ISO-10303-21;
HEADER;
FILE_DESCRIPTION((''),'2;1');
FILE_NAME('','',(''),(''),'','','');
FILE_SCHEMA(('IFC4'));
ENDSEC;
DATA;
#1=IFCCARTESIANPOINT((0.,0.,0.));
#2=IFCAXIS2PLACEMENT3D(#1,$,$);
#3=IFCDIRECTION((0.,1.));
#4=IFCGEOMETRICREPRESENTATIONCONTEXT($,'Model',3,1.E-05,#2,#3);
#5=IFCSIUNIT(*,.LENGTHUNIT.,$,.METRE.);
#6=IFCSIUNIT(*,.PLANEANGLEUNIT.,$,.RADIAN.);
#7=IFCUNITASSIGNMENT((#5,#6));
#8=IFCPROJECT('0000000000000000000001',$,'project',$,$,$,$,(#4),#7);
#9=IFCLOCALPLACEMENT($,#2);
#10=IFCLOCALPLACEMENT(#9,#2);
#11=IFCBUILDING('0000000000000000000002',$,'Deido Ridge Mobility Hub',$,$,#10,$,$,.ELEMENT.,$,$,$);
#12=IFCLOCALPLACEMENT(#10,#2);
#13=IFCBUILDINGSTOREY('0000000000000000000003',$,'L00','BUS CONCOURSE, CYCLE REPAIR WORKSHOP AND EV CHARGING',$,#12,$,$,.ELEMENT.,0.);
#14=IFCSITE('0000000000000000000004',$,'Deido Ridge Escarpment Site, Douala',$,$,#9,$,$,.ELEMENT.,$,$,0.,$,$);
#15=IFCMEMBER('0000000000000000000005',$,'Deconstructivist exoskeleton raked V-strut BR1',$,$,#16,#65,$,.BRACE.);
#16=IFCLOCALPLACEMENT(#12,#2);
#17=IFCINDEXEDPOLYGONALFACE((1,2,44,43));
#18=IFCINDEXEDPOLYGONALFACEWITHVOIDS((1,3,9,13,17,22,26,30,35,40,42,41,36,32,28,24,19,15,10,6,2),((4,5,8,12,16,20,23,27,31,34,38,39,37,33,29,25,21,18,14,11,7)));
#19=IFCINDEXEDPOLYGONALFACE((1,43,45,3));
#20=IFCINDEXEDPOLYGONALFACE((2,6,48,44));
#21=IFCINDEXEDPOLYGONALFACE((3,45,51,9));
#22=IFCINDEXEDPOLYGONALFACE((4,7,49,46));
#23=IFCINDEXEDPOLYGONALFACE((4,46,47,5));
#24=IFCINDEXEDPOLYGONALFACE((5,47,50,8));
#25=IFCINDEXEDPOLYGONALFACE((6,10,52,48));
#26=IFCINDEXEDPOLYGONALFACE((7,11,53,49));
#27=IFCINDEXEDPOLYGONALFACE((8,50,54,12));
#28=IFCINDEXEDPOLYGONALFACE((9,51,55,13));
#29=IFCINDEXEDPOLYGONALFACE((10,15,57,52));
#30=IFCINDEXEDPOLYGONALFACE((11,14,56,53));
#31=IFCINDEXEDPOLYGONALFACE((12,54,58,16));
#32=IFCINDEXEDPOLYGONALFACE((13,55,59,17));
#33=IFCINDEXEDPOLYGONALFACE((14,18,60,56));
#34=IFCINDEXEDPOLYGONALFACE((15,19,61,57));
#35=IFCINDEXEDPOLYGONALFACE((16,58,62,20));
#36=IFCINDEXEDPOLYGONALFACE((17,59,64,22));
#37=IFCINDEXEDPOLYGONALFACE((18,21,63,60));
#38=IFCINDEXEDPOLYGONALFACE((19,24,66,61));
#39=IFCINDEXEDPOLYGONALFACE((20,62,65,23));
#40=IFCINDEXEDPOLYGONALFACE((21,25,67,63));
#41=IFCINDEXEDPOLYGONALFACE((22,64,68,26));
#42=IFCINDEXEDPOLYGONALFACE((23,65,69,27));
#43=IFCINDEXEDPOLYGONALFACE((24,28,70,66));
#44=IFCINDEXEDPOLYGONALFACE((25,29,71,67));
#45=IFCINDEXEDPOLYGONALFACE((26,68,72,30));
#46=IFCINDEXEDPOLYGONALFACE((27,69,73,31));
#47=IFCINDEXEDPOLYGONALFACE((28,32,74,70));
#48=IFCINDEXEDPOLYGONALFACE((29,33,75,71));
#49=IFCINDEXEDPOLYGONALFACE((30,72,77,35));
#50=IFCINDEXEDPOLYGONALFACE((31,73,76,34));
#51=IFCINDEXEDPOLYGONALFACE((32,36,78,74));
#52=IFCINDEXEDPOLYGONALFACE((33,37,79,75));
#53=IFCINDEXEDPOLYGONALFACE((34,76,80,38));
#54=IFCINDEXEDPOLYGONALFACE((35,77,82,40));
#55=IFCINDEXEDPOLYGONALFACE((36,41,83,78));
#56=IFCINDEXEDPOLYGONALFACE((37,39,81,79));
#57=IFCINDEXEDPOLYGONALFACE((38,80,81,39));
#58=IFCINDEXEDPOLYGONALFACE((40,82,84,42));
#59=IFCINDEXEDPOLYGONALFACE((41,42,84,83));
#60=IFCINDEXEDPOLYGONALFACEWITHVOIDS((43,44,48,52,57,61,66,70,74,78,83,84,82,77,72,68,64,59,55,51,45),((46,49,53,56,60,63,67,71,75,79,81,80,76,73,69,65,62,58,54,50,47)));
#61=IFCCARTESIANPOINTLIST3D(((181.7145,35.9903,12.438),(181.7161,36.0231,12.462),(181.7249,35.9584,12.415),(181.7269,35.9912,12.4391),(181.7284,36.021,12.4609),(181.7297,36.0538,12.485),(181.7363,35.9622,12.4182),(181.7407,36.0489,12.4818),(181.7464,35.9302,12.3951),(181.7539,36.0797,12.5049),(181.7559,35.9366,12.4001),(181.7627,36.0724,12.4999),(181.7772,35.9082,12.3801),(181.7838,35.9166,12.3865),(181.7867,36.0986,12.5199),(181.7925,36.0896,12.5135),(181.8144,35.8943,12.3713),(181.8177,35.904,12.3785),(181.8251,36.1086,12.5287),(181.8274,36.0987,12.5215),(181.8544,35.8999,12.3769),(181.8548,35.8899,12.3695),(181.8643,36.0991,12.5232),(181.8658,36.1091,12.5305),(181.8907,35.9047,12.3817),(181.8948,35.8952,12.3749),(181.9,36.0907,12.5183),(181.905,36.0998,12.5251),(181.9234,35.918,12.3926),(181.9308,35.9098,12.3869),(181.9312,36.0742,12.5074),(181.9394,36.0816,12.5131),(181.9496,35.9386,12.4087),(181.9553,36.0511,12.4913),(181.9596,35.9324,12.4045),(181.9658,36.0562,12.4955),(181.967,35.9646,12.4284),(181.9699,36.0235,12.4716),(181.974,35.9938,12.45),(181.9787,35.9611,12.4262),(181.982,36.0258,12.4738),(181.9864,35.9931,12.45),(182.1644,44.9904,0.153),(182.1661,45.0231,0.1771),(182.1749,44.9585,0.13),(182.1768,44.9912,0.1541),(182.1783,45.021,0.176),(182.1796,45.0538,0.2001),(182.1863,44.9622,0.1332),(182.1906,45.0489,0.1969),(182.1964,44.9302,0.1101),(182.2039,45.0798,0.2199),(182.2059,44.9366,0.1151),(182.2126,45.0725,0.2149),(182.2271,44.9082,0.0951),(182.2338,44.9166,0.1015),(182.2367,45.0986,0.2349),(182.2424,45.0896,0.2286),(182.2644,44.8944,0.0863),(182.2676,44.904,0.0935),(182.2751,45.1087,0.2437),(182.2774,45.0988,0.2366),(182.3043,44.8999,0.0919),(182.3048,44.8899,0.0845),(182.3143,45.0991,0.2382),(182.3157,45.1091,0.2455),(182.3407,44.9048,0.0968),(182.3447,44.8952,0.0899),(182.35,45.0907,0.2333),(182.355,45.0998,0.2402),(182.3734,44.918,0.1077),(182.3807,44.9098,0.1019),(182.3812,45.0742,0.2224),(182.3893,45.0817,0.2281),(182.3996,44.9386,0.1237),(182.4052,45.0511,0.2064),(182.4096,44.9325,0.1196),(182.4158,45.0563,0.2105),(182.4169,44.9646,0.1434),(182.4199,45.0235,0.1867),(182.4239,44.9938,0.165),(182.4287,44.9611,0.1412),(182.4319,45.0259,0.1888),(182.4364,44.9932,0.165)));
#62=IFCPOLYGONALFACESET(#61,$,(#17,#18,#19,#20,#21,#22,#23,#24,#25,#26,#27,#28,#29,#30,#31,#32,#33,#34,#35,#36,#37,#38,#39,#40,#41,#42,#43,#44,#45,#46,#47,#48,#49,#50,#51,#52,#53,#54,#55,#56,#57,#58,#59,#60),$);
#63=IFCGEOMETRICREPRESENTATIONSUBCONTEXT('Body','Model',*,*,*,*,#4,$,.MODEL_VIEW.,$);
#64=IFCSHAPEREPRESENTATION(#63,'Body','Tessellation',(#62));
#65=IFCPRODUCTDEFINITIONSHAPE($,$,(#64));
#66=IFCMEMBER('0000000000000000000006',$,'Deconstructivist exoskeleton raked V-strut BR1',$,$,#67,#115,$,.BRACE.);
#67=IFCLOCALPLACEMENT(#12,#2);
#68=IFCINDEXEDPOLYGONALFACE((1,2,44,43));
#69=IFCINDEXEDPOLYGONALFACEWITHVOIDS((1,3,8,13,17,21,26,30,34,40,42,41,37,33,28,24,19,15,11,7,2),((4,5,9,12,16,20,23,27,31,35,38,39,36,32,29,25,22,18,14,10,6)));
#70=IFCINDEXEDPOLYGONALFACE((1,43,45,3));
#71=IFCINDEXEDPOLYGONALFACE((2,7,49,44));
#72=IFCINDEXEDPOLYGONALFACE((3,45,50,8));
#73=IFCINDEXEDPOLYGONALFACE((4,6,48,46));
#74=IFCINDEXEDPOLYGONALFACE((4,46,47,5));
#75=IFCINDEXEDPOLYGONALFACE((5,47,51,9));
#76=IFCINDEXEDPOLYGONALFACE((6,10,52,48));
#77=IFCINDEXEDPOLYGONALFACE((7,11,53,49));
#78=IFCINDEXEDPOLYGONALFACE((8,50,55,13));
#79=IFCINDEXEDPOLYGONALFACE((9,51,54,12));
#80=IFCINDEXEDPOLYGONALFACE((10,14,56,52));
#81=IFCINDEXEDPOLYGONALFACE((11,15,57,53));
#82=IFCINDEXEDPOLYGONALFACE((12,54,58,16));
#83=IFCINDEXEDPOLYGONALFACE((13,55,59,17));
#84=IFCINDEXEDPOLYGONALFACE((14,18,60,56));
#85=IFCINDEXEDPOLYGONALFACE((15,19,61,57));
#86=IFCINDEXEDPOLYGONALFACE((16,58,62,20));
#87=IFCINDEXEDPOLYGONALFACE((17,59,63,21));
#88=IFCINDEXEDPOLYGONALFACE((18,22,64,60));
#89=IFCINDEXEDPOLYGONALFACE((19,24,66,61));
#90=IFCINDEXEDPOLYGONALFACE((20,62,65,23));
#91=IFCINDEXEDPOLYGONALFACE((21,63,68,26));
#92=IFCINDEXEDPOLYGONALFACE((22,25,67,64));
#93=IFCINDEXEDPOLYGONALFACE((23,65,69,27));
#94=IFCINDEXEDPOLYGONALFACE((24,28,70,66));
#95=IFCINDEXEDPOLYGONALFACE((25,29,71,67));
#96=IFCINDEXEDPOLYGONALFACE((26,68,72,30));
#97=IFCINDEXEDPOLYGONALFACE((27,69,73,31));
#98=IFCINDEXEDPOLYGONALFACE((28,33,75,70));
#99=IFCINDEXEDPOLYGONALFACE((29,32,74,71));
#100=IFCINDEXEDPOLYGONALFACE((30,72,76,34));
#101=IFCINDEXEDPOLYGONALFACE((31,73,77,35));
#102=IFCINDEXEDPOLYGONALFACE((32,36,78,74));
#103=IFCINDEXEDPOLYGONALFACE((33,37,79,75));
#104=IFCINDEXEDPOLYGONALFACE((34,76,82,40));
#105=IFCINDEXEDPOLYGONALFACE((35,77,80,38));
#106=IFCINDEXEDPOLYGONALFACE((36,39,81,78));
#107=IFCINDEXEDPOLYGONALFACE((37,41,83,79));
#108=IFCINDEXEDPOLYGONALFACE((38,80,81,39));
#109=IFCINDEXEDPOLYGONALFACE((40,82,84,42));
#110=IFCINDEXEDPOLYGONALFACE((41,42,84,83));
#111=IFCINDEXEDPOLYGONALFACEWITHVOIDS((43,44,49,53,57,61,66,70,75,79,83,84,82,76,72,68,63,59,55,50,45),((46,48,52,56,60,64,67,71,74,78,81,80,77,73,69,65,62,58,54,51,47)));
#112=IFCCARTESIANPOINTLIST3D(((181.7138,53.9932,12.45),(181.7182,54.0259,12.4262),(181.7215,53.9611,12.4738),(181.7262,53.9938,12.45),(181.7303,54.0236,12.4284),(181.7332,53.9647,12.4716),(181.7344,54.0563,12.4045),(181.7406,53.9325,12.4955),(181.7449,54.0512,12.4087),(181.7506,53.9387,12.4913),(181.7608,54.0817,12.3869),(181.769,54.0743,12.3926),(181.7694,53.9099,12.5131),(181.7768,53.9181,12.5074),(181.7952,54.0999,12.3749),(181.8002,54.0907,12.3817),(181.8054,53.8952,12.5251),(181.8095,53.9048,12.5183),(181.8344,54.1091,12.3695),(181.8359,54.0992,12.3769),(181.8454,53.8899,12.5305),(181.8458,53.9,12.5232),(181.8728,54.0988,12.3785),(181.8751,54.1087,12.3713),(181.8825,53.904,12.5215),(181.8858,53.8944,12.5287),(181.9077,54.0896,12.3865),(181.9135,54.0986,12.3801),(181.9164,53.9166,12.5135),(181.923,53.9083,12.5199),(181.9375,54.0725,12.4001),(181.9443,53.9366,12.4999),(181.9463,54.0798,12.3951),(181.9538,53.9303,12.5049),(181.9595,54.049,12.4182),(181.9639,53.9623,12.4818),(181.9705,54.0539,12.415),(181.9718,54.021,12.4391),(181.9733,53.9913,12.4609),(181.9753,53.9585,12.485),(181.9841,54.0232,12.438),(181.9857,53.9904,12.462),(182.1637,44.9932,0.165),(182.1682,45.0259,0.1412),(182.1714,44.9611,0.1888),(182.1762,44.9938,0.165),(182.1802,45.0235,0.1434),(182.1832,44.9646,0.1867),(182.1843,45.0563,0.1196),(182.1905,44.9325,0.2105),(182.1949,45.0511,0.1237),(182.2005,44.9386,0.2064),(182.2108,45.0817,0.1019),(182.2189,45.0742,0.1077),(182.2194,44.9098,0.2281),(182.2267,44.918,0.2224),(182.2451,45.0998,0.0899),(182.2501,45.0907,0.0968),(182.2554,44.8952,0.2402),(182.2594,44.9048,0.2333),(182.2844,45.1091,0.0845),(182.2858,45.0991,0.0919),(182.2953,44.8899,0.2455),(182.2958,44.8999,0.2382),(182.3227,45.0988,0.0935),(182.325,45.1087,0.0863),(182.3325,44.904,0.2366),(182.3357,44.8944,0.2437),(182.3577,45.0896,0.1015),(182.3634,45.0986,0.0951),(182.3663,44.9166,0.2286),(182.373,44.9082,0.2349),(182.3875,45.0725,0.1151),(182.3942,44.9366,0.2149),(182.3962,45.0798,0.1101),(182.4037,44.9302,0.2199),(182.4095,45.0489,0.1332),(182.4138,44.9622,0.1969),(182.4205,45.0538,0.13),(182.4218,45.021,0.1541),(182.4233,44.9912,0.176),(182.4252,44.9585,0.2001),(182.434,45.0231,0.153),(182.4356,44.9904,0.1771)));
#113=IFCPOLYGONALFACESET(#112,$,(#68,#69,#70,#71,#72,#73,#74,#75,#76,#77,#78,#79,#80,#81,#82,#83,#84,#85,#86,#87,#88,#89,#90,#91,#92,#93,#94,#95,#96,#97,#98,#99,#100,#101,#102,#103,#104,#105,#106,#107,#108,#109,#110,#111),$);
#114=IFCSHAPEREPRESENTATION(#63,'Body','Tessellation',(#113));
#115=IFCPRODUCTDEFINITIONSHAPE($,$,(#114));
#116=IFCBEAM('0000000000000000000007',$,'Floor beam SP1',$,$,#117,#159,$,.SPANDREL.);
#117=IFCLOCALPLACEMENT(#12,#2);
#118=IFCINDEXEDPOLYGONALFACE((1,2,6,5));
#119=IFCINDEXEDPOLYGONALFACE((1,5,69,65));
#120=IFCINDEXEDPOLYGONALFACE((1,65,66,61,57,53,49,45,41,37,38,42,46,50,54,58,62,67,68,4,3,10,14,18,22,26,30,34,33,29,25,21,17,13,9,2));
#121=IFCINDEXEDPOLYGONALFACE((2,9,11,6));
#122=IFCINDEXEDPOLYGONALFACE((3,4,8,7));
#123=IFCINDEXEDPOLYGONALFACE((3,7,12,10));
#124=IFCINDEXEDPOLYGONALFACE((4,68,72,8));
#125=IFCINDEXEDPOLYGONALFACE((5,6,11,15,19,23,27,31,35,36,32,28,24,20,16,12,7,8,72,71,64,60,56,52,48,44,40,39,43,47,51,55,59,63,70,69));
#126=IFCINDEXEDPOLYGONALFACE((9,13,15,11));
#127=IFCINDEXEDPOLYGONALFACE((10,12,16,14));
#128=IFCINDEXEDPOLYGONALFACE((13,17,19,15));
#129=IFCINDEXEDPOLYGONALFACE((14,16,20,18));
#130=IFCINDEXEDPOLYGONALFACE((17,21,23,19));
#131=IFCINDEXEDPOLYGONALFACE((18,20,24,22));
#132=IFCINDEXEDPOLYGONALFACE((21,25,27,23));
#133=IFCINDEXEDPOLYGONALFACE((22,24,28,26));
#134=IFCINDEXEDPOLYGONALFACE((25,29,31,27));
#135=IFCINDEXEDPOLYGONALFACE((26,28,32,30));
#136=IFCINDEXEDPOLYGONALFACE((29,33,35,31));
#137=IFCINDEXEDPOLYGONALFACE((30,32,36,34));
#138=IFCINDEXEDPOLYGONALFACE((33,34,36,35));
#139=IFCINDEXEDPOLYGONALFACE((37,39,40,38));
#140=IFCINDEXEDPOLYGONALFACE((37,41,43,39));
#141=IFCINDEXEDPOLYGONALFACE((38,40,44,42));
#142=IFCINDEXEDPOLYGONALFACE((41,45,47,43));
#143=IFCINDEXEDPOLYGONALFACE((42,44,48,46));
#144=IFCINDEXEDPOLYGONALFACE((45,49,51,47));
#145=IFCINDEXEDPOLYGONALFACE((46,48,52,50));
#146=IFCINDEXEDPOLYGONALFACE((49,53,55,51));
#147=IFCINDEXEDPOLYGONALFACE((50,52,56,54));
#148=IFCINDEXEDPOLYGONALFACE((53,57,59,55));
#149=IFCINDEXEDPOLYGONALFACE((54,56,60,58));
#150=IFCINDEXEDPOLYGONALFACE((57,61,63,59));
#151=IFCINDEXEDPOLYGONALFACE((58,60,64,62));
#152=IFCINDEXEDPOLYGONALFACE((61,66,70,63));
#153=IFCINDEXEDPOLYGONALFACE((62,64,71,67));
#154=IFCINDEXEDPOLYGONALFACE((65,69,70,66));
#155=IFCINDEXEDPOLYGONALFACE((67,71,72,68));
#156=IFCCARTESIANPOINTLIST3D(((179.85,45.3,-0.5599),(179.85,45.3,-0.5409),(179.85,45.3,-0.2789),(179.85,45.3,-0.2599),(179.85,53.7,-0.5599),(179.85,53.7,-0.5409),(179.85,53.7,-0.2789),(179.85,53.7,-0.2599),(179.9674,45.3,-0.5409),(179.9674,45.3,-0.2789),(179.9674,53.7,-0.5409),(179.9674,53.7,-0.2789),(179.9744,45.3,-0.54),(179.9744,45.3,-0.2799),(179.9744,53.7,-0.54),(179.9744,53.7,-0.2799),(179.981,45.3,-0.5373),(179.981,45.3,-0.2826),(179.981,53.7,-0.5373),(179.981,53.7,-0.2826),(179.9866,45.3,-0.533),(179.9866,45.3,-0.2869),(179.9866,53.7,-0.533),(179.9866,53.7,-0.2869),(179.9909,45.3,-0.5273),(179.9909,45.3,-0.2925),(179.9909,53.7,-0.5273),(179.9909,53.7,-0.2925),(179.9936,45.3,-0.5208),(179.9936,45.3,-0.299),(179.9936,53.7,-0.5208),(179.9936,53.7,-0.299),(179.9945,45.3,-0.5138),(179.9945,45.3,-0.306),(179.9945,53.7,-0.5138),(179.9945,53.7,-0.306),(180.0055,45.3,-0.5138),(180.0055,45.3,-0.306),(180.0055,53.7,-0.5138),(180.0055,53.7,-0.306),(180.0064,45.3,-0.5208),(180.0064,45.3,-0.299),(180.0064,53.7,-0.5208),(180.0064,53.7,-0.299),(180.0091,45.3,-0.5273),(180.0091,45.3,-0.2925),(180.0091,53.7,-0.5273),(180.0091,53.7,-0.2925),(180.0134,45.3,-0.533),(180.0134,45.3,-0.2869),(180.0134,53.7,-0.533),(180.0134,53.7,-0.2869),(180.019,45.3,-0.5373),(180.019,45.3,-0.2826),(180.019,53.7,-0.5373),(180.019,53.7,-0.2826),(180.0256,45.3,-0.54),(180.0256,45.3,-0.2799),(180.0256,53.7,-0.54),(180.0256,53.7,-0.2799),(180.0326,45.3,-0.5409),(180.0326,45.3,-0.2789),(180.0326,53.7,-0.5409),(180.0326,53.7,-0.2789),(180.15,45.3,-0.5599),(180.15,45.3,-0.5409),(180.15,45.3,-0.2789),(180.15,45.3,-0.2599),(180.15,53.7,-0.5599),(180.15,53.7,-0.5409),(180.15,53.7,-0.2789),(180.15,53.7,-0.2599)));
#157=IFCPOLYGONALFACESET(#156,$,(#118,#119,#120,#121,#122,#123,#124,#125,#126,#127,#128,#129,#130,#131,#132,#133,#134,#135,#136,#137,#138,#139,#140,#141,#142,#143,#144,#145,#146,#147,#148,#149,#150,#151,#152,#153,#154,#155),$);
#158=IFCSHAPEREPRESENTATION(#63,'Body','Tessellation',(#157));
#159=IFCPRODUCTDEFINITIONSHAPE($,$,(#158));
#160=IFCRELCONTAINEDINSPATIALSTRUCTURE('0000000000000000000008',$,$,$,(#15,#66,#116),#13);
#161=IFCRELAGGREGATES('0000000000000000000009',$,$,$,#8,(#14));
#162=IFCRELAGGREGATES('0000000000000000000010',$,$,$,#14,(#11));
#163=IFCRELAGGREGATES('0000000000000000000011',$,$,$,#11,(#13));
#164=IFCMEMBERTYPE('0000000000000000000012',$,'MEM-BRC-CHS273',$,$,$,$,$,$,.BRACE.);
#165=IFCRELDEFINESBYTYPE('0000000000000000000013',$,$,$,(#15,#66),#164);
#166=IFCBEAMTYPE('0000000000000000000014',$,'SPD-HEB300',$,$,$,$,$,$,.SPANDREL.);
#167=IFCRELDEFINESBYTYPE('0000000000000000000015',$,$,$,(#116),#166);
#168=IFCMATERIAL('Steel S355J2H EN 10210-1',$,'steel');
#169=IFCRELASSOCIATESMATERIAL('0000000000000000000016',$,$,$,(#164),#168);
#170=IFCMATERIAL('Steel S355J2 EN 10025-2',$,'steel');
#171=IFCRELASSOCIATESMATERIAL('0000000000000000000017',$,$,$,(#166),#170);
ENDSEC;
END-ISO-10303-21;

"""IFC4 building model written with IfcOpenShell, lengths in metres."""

from ifc_helpers import new_model, si_unit, direction, frame, origin, origin_2d, place, context, subcontext, project, spatial, hollow_circle, i_section, extrude, material, material_profile, profile_set, type_object, element, save


model = new_model("IFC4")

# Units and contexts
model_context = context("Model", 3, precision=1e-05, world=origin(), true_north=direction((0.0, 1.0)))
body_context = subcontext(model_context, "Body", "Model", "MODEL_VIEW")
ifc_project = project(units=[si_unit("LENGTHUNIT", "METRE"), si_unit("PLANEANGLEUNIT", "RADIAN")], contexts=[model_context])

# Site, building, storey
site_placement = place(None, origin())
site = spatial("IfcSite", under=ifc_project, at=site_placement, Name="Deido Ridge Escarpment Site, Douala", CompositionType="ELEMENT", RefElevation=0.0)
building_placement = place(site_placement, origin())
building = spatial("IfcBuilding", under=site, at=building_placement, Name="Deido Ridge Mobility Hub", CompositionType="ELEMENT")
storey_placement = place(building_placement, origin())
storey = spatial("IfcBuildingStorey", under=building, at=storey_placement, Name="L00", Description="BUS CONCOURSE, CYCLE REPAIR WORKSHOP AND EV CHARGING", CompositionType="ELEMENT", Elevation=0.0)

# Shared definitions
ifc_material_1 = material(Name="Steel S355J2 EN 10025-2", Category="steel")

# Members
ifc_material_2 = material(Name="Steel S355J2H EN 10210-1", Category="steel")
ifc_material_profile_1 = material_profile(ifc_material_2, hollow_circle(Radius=0.1365, WallThickness=0.0125, at=origin_2d()), Name="CHS 273x12.5")
ifc_profile_set_1 = profile_set([ifc_material_profile_1], Name="Steel S355J2H EN 10210-1")
member_type = type_object("IfcMemberType", Name="MEM-BRC-CHS273", PredefinedType="BRACE", material=ifc_profile_set_1)
for number, where, z_axis, x_axis, name in (
    (1, (182.3, 45.0, 0.165), (-0.029533, -0.590724, 0.806333), (0.998753, -0.049932, 0.0), "Deconstructivist exoskeleton raked V-strut BR1"),
    (2, (182.3, 45.0, 0.165), (-0.029533, 0.590724, 0.806333), (-0.998753, -0.049932, 0.0), "Deconstructivist exoskeleton raked V-strut BR1"),
):
    element("IfcMember", number, at=place(storey_placement, frame(where, z_axis=z_axis, x_axis=x_axis)), inside=storey, type_object=member_type, Name=name, PredefinedType="BRACE", context=body_context, shape_type="SweptSolid", body=[
        extrude(hollow_circle(Radius=0.1365, WallThickness=0.0125, at=origin_2d()), origin(), (0.0, 0.0, 1.0), 15.2356),
    ])

# Beam
ifc_material_profile_2 = material_profile(ifc_material_1, i_section(OverallWidth=0.3, OverallDepth=0.3, WebThickness=0.011, FlangeThickness=0.019, FilletRadius=0.0271, at=origin_2d()), Name="HEB 300")
ifc_profile_set_2 = profile_set([ifc_material_profile_2], Name="Steel S355J2 EN 10025-2")
beam_type_1 = type_object("IfcBeamType", Name="SPD-HEB300", PredefinedType="SPANDREL", material=ifc_profile_set_2)
beam_1_placement = place(storey_placement, frame((180.0, 45.3, -0.4099), z_axis=(0.0, 1.0, 0.0), x_axis=(-1.0, 0.0, 0.0)))
element("IfcBeam", 3, at=beam_1_placement, inside=storey, type_object=beam_type_1, Name="Floor beam SP1", PredefinedType="SPANDREL", context=body_context, shape_type="SweptSolid", body=[
    extrude(i_section(OverallWidth=0.3, OverallDepth=0.3, WebThickness=0.011, FlangeThickness=0.019, FilletRadius=0.0271, at=origin_2d()), origin(), (0.0, 0.0, 1.0), 8.3999),
])

save(model, "model.ifc")
